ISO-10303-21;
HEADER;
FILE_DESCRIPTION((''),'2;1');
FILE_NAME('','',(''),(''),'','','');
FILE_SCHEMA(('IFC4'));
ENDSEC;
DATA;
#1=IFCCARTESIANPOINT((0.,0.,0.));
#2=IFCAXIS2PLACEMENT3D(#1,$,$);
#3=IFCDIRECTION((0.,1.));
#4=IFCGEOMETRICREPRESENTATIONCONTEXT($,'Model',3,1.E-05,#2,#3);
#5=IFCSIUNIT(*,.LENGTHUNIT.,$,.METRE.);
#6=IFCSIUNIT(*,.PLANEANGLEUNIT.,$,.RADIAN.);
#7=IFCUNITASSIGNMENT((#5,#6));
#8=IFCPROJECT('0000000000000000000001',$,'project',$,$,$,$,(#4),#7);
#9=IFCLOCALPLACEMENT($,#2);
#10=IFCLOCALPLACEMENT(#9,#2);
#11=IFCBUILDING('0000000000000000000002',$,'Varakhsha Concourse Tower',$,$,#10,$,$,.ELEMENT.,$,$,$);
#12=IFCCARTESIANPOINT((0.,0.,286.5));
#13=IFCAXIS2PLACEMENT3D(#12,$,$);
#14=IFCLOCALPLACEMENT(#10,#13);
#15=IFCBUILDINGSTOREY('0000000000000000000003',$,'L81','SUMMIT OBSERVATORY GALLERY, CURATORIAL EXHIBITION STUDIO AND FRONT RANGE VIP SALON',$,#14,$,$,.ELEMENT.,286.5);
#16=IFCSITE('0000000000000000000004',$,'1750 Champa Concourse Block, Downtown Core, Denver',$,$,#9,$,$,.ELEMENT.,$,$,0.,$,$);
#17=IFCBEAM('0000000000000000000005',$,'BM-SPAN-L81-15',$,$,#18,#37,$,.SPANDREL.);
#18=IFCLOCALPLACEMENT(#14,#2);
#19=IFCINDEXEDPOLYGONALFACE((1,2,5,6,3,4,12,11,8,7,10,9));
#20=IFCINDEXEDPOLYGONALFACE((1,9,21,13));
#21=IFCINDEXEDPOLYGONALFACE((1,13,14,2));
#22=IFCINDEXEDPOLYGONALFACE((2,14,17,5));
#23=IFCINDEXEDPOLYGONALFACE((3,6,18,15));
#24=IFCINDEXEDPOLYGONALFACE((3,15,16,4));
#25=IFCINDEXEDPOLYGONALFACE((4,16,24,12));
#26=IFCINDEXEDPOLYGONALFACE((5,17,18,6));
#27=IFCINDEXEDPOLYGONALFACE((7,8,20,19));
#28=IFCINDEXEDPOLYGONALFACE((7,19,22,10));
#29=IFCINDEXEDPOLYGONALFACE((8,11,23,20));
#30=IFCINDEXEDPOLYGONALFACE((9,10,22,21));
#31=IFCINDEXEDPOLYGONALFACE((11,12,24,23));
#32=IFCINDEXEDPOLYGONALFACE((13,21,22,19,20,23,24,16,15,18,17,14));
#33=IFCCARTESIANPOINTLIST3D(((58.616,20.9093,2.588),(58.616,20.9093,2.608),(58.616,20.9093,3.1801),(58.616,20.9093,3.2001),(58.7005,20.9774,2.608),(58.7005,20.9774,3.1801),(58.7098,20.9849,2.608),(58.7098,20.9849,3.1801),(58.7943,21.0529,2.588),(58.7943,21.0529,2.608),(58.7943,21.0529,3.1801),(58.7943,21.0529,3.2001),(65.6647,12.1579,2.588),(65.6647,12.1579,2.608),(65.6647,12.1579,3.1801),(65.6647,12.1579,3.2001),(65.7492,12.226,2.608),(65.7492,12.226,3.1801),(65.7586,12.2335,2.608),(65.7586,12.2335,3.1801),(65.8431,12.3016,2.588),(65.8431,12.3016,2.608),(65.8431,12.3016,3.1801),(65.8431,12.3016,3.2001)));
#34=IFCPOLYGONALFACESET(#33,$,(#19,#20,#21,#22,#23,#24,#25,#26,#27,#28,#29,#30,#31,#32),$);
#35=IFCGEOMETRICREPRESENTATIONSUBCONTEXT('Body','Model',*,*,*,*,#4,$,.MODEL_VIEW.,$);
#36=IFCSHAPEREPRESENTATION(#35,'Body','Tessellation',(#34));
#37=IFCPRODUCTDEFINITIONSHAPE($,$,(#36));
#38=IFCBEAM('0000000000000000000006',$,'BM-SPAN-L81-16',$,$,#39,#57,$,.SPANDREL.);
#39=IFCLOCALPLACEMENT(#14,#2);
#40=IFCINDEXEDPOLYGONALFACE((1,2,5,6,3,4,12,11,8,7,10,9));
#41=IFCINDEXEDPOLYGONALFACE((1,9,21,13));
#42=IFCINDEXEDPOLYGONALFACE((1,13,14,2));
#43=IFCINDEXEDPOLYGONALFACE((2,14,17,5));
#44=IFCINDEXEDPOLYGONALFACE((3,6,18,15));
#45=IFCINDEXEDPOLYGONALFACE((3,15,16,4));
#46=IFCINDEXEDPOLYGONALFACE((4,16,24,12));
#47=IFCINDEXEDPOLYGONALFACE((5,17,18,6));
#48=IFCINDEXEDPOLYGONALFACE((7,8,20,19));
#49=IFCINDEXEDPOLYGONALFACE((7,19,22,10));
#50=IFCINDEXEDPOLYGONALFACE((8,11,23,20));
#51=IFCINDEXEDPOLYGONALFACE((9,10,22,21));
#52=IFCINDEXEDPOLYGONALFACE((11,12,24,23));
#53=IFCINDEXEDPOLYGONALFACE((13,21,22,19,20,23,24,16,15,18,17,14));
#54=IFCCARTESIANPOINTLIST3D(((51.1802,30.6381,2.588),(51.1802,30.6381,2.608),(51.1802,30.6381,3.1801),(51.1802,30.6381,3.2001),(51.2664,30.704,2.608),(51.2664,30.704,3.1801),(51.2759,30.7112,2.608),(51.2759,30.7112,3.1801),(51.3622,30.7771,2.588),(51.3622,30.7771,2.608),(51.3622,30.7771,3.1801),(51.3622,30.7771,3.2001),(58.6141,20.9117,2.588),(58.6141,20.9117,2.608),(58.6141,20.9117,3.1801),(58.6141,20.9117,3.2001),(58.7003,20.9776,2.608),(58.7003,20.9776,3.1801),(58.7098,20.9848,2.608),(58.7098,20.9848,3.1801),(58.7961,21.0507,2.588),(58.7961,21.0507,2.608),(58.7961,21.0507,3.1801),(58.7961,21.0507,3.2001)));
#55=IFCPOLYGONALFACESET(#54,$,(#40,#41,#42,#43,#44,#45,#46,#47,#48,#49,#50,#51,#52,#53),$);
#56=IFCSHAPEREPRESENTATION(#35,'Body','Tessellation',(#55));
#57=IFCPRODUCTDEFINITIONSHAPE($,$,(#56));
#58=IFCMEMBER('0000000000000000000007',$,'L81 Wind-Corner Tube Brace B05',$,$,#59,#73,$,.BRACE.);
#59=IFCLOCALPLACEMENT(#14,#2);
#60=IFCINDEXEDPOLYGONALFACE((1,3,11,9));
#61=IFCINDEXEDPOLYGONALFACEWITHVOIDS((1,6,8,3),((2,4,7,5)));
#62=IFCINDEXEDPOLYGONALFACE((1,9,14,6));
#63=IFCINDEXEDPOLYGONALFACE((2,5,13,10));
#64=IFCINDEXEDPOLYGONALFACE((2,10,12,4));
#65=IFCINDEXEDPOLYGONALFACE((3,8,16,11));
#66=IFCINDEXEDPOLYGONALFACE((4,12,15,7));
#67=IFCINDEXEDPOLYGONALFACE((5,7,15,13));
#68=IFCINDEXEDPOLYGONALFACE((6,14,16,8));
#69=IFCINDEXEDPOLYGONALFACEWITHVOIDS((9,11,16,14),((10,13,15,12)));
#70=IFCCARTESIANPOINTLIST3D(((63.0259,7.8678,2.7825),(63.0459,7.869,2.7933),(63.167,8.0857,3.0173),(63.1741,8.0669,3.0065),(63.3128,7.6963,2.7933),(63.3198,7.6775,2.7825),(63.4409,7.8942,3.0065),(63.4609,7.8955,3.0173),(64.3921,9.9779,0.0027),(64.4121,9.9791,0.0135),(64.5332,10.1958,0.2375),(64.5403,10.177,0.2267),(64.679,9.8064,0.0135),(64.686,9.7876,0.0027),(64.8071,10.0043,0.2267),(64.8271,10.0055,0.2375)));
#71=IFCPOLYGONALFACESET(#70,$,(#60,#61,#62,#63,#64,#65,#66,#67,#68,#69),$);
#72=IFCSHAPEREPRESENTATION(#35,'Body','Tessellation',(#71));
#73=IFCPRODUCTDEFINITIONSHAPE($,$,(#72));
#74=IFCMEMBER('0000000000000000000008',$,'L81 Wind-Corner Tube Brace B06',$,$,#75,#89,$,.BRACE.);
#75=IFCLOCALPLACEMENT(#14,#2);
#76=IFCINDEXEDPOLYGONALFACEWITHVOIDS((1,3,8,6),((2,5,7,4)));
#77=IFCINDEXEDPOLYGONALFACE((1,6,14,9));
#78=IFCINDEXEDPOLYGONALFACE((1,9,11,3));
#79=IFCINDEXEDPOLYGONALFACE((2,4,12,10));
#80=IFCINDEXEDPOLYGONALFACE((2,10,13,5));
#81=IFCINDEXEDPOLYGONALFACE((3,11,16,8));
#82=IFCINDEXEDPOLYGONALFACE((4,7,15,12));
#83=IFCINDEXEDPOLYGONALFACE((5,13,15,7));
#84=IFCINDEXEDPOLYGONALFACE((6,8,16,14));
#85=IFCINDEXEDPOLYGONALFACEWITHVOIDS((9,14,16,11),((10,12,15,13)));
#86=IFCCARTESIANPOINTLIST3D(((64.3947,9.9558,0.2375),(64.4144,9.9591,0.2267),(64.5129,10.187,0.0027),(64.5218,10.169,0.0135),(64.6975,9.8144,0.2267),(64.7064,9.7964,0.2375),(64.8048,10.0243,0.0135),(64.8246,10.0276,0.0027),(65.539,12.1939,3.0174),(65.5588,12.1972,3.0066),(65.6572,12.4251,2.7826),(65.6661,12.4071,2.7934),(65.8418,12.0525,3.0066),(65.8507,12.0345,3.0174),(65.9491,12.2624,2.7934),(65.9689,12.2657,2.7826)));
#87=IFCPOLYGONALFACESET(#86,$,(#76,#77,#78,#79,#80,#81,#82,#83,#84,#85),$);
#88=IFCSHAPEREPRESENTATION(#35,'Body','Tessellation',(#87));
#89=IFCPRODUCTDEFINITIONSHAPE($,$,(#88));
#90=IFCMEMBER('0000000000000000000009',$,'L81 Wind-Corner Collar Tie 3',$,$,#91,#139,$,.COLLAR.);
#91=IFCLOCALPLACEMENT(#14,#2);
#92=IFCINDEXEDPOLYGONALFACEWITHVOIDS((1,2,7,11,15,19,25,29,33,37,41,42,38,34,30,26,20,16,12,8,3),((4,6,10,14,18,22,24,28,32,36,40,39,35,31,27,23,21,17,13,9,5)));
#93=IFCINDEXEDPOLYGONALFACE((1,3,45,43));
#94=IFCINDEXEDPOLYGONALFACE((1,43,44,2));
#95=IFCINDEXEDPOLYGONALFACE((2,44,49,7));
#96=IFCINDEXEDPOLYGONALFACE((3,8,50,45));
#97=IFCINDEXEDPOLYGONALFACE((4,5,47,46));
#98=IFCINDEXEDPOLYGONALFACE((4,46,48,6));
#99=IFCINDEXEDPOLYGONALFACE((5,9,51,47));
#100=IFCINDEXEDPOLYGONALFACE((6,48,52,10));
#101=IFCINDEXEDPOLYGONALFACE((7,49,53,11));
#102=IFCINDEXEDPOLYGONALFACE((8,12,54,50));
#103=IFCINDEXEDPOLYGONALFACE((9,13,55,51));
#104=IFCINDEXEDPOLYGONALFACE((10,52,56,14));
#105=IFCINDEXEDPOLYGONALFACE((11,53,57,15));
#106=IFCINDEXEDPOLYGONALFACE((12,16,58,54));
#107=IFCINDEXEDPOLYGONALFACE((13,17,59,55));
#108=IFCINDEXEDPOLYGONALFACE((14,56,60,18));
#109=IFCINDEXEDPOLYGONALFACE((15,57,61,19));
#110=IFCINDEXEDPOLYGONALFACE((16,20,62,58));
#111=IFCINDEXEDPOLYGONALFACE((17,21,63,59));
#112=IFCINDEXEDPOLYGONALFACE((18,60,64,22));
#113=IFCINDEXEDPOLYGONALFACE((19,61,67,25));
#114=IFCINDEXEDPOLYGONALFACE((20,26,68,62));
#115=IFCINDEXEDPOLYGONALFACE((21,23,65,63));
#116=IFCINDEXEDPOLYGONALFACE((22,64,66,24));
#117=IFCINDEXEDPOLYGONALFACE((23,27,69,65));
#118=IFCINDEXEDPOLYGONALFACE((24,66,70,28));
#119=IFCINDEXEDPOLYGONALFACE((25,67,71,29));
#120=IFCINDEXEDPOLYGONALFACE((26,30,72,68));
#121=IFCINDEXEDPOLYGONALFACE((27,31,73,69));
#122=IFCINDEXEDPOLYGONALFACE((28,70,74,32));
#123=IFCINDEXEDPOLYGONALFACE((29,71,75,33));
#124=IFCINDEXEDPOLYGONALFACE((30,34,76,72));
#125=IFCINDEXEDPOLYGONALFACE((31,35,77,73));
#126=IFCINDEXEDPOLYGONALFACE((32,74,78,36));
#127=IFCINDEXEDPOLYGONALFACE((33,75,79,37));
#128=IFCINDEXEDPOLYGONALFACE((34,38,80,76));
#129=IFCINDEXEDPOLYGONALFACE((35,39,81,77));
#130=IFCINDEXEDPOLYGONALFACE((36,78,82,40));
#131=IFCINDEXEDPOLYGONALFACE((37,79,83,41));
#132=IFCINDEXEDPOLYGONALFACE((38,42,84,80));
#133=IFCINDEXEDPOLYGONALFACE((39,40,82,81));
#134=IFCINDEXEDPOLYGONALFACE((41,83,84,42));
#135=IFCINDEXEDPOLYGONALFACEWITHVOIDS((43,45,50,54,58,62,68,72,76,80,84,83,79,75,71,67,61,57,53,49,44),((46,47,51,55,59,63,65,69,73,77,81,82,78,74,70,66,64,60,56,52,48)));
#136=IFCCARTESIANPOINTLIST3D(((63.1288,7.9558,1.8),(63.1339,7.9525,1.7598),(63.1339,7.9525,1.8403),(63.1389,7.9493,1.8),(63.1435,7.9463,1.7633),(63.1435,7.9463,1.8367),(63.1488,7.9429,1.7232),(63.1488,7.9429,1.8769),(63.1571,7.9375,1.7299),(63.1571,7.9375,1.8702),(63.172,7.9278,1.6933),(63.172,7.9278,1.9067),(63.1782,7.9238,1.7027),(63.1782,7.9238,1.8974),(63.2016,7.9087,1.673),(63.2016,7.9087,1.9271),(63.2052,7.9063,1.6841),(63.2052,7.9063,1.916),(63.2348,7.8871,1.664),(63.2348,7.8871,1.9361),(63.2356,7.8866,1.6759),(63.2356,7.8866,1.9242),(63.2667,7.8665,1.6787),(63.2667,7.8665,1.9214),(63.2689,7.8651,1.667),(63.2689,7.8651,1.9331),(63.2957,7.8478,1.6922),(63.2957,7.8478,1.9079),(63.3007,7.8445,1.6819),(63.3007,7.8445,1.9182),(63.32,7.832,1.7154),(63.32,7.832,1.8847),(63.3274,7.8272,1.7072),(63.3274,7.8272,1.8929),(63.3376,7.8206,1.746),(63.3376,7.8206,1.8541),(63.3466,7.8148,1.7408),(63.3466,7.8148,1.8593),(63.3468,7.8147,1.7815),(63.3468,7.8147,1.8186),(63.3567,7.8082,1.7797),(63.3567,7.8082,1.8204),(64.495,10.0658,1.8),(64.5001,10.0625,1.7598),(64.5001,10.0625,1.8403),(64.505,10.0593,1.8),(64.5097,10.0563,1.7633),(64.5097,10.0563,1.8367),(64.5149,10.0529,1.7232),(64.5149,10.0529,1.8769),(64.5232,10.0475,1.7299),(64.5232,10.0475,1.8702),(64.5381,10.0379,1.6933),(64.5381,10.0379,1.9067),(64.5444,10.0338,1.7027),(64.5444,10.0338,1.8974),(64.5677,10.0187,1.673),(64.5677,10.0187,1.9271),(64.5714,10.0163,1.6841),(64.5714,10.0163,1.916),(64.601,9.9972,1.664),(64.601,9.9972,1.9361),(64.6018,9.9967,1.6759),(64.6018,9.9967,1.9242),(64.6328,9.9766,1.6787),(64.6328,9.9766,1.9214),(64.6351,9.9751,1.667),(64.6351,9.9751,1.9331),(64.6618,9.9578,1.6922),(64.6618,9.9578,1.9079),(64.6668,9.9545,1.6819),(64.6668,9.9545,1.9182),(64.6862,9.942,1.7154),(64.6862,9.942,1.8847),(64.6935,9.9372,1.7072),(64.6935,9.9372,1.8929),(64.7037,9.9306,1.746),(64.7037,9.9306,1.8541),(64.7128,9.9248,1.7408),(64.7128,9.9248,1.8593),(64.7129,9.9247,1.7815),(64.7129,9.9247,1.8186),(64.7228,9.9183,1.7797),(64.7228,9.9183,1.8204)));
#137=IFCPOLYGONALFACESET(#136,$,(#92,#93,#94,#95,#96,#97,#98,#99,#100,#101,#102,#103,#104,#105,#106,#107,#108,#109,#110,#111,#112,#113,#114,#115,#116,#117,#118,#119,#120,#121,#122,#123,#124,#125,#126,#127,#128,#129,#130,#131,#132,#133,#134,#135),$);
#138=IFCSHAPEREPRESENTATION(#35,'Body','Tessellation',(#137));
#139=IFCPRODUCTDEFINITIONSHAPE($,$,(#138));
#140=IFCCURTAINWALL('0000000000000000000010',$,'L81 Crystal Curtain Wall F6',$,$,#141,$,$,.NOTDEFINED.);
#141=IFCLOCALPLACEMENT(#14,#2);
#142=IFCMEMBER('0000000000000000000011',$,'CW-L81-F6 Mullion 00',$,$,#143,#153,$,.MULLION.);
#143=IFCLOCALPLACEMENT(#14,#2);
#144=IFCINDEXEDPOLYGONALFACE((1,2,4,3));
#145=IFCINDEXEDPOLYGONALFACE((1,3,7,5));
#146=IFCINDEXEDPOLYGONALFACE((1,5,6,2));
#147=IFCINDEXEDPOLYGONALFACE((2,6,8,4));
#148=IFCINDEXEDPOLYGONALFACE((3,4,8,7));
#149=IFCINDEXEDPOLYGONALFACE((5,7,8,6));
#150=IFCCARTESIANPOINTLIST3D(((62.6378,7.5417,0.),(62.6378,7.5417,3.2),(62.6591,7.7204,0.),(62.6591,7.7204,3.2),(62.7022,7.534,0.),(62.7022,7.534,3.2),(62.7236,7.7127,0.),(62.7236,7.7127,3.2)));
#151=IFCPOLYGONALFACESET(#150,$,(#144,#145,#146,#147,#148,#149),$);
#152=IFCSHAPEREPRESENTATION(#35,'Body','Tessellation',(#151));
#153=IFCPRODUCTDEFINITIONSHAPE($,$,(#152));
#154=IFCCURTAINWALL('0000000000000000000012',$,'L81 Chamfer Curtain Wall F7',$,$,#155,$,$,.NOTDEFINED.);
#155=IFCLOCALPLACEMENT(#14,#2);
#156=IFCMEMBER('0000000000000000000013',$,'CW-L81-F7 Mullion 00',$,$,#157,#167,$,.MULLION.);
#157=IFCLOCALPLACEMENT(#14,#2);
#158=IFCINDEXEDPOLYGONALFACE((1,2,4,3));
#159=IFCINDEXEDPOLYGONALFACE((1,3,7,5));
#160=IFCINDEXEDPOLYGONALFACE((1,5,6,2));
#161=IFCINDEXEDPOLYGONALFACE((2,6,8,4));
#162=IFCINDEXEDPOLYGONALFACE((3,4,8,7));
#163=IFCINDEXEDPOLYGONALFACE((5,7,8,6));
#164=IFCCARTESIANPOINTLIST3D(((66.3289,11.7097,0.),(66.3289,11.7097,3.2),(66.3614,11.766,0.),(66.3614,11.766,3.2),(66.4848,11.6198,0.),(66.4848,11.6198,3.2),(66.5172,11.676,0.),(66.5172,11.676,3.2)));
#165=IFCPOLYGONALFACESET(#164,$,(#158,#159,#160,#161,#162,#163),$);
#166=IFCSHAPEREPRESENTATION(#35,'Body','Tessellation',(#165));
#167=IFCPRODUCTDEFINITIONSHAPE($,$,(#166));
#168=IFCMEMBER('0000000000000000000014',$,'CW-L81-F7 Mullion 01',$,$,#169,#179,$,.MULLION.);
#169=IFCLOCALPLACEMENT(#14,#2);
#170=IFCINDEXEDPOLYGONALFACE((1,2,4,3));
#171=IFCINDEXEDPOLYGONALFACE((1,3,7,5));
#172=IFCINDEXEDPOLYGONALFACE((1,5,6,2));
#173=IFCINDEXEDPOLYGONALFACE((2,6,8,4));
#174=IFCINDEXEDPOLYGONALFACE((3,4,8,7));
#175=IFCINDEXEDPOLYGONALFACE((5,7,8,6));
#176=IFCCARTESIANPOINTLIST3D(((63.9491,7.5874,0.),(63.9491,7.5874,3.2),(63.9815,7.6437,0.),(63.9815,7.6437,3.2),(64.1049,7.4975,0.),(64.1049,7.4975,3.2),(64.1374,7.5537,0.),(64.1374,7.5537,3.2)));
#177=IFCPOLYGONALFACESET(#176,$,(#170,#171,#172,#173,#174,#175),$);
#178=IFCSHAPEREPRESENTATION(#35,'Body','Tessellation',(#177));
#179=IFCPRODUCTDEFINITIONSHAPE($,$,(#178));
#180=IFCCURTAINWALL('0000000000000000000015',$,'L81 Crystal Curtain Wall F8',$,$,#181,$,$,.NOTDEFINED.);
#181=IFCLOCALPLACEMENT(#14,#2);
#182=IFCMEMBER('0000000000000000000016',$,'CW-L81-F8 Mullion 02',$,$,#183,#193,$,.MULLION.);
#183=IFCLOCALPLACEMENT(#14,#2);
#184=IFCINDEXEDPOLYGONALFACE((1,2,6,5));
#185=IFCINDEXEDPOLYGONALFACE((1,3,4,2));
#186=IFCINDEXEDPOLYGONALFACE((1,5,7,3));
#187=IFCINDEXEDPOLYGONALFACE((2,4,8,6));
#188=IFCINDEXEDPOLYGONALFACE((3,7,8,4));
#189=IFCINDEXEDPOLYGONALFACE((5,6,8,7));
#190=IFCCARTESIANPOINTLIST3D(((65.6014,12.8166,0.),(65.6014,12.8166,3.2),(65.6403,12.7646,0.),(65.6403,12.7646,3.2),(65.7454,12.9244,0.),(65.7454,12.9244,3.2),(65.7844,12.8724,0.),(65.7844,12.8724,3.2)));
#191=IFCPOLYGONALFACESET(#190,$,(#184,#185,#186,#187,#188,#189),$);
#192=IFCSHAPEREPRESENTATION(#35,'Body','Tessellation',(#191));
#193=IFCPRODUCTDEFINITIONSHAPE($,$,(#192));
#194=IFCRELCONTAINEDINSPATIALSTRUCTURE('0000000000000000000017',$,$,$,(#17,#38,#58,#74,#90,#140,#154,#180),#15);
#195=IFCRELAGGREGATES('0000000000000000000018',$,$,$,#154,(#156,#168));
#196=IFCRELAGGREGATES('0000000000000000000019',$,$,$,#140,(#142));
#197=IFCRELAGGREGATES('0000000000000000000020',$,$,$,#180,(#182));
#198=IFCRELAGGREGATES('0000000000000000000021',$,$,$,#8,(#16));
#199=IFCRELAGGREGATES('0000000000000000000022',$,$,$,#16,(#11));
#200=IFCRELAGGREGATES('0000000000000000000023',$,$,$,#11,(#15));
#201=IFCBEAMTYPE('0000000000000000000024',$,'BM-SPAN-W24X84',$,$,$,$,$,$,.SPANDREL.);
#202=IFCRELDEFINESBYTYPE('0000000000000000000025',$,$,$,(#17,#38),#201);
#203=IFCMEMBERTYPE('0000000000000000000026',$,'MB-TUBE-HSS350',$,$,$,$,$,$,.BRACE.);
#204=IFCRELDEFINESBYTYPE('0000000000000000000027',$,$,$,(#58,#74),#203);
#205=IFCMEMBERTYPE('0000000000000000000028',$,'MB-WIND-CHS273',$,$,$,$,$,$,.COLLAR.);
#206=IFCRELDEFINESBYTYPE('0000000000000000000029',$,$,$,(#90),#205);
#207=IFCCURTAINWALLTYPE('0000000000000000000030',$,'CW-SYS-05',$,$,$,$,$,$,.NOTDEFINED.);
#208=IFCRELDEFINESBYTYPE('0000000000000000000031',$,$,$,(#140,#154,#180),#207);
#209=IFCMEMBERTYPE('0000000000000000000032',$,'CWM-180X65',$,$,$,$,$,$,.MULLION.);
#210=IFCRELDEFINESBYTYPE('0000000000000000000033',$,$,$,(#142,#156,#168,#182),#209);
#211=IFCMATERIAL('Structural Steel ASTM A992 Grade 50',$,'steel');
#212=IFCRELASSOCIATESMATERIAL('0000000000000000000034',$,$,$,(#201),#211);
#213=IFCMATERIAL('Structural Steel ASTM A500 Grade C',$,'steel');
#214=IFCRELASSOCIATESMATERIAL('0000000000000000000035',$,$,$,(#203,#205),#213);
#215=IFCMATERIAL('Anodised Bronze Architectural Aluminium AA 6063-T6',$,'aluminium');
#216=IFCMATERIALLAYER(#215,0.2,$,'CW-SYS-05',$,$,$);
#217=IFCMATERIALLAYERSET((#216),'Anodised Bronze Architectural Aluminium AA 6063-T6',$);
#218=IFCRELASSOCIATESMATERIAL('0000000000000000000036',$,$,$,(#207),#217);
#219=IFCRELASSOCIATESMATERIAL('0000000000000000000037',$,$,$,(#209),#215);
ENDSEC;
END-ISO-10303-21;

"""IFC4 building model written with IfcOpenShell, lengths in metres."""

from ifc_helpers import new_model, si_unit, direction, frame, origin, origin_2d, place, context, subcontext, project, spatial, rectangle, hollow_rectangle, hollow_circle, i_section, extrude, source, transform, mapped, material, layer, layer_set, material_profile, profile_set, type_object, type_shapes, element, aggregate, save


model = new_model("IFC4")

# Units and contexts
model_context = context("Model", 3, precision=1e-05, world=origin(), true_north=direction((0.0, 1.0)))
body_context = subcontext(model_context, "Body", "Model", "MODEL_VIEW")
ifc_project = project(units=[si_unit("LENGTHUNIT", "METRE"), si_unit("PLANEANGLEUNIT", "RADIAN")], contexts=[model_context])

# Site, building, storey
site_placement = place(None, origin())
site = spatial("IfcSite", under=ifc_project, at=site_placement, Name="1750 Champa Concourse Block, Downtown Core, Denver", CompositionType="ELEMENT", RefElevation=0.0)
building_placement = place(site_placement, origin())
building = spatial("IfcBuilding", under=site, at=building_placement, Name="Varakhsha Concourse Tower", CompositionType="ELEMENT")
storey_placement = place(building_placement, frame((0.0, 0.0, 286.5)))
storey = spatial("IfcBuildingStorey", under=building, at=storey_placement, Name="L81", Description="SUMMIT OBSERVATORY GALLERY, CURATORIAL EXHIBITION STUDIO AND FRONT RANGE VIP SALON", CompositionType="ELEMENT", Elevation=286.5)

# Beams
ifc_material_1 = material(Name="Structural Steel ASTM A992 Grade 50", Category="steel")
ifc_material_profile_1 = material_profile(ifc_material_1, i_section(OverallWidth=0.229, OverallDepth=0.6121, WebThickness=0.012, FlangeThickness=0.02, at=origin_2d()), Name="W24X84")
ifc_profile_set_1 = profile_set([ifc_material_profile_1], Name="Structural Steel ASTM A992 Grade 50")
beam_type_1 = type_object("IfcBeamType", Name="BM-SPAN-W24X84", PredefinedType="SPANDREL", material=ifc_profile_set_1)
beam_1_placement = place(storey_placement, frame((65.7539, 12.2297, 2.894), z_axis=(-0.627278, 0.778796, 0.0), x_axis=(-0.778796, -0.627278, 0.0)))
element("IfcBeam", 1, at=beam_1_placement, inside=storey, type_object=beam_type_1, Name="BM-SPAN-L81-15", PredefinedType="SPANDREL", context=body_context, shape_type="SweptSolid", body=[
    extrude(i_section(OverallWidth=0.229, OverallDepth=0.6121, WebThickness=0.012, FlangeThickness=0.02, at=origin_2d()), origin(), (0.0, 0.0, 1.0), 11.2371),
])
beam_2_placement = place(storey_placement, frame((58.7051, 20.9812, 2.894), z_axis=(-0.607247, 0.794513, 0.0), x_axis=(-0.794513, -0.607247, 0.0)))
element("IfcBeam", 2, at=beam_2_placement, inside=storey, type_object=beam_type_1, Name="BM-SPAN-L81-16", PredefinedType="SPANDREL", context=body_context, shape_type="SweptSolid", body=[
    extrude(i_section(OverallWidth=0.229, OverallDepth=0.6121, WebThickness=0.012, FlangeThickness=0.02, at=origin_2d()), origin(), (0.0, 0.0, 1.0), 12.2419),
])

# Members
ifc_material_2 = material(Name="Structural Steel ASTM A500 Grade C", Category="steel")
ifc_material_profile_2 = material_profile(ifc_material_2, hollow_rectangle(XDim=0.3501, YDim=0.3501, WallThickness=0.0161, at=origin_2d()), Name="HSS 350x350x16")
ifc_profile_set_2 = profile_set([ifc_material_profile_2], Name="Structural Steel ASTM A500 Grade C")
member_type_1 = type_object("IfcMemberType", Name="MB-TUBE-HSS350", PredefinedType="BRACE", material=ifc_profile_set_2)
shared_shape_1 = source(origin(), body_context, "Body", "SweptSolid", [
    extrude(hollow_rectangle(XDim=0.3501, YDim=0.3501, WallThickness=0.0161, at=origin_2d()), origin(), (0.0, 0.0, 1.0), 3.7478),
])
type_shapes(member_type_1, [shared_shape_1])
for number, where, z_axis, x_axis, name in (
    (3, (64.6096, 9.9917, 0.1201), (-0.364533, -0.56302, 0.741704), (0.839416, -0.543489, 0.0), "L81 Wind-Corner Tube Brace B05"),
    (4, (64.6096, 9.9917, 0.1201), (0.305329, 0.597173, 0.741727), (-0.89037, 0.455238, 0.0), "L81 Wind-Corner Tube Brace B06"),
):
    element("IfcMember", number, at=place(storey_placement, frame(where, z_axis=z_axis, x_axis=x_axis)), inside=storey, type_object=member_type_1, Name=name, PredefinedType="BRACE", context=body_context, shape_type="MappedRepresentation", body=[
        mapped(shared_shape_1, transform((0.0, 0.0, 0.0), scale=1.0)),
    ])
ifc_material_profile_3 = material_profile(ifc_material_2, hollow_circle(Radius=0.1365, WallThickness=0.012, at=origin_2d()), Name="CHS 273x12")
ifc_profile_set_3 = profile_set([ifc_material_profile_3], Name="Structural Steel ASTM A500 Grade C")
member_type_2 = type_object("IfcMemberType", Name="MB-WIND-CHS273", PredefinedType="COLLAR", material=ifc_profile_set_3)
shared_shape_2 = source(origin(), body_context, "Body", "SweptSolid", [
    extrude(hollow_circle(Radius=0.1365, WallThickness=0.012, at=origin_2d()), origin(), (0.0, 0.0, 1.0), 2.5137),
])
type_shapes(member_type_2, [shared_shape_2])
member_1_placement = place(storey_placement, frame((63.2434, 7.8816, 1.8), z_axis=(0.543489, 0.839416, 0.0), x_axis=(-0.839416, 0.543489, 0.0)))
element("IfcMember", 5, at=member_1_placement, inside=storey, type_object=member_type_2, Name="L81 Wind-Corner Collar Tie 3", PredefinedType="COLLAR", context=body_context, shape_type="MappedRepresentation", body=[
    mapped(shared_shape_2, transform((0.0, 0.0, 0.0), scale=1.0)),
])

# Curtain wall, member
ifc_material_3 = material(Name="Anodised Bronze Architectural Aluminium AA 6063-T6", Category="aluminium")
ifc_layer_1 = layer(ifc_material_3, 0.2, Name="CW-SYS-05")
ifc_layer_set_1 = layer_set([ifc_layer_1], Name="Anodised Bronze Architectural Aluminium AA 6063-T6")
curtain_wall_type = type_object("IfcCurtainWallType", Name="CW-SYS-05", PredefinedType="NOTDEFINED", material=ifc_layer_set_1)
curtain_wall_1_placement = place(storey_placement, origin())
curtain_wall_1 = element("IfcCurtainWall", 6, at=curtain_wall_1_placement, inside=storey, type_object=curtain_wall_type, Name="L81 Crystal Curtain Wall F6", PredefinedType="NOTDEFINED")
ifc_material_profile_4 = material_profile(ifc_material_3, rectangle(XDim=0.0649, YDim=0.1799, at=origin_2d()), Name="CWM-180X65")
ifc_profile_set_4 = profile_set([ifc_material_profile_4], Name="Anodised Bronze Architectural Aluminium AA 6063-T6")
member_type_3 = type_object("IfcMemberType", Name="CWM-180X65", PredefinedType="MULLION", material=ifc_profile_set_4)
shared_shape_3 = source(origin(), body_context, "Body", "SweptSolid", [
    extrude(rectangle(XDim=0.0649, YDim=0.1799, at=origin_2d()), origin(), (0.0, 0.0, 1.0), 3.2),
])
type_shapes(member_type_3, [shared_shape_3])
member_2_placement = place(storey_placement, frame((62.6807, 7.6272, 0.0), z_axis=(0.0, 0.0, 1.0), x_axis=(-0.992952, 0.118513, 0.0)))
member_2 = element("IfcMember", 7, at=member_2_placement, type_object=member_type_3, Name="CW-L81-F6 Mullion 00", PredefinedType="MULLION", context=body_context, shape_type="MappedRepresentation", body=[
    mapped(shared_shape_3, transform((0.0, 0.0, 0.0), scale=1.0)),
])

# Curtain wall, members
curtain_wall_2_placement = place(storey_placement, origin())
curtain_wall_2 = element("IfcCurtainWall", 8, at=curtain_wall_2_placement, inside=storey, type_object=curtain_wall_type, Name="L81 Chamfer Curtain Wall F7", PredefinedType="NOTDEFINED")
member_3_placement = place(storey_placement, frame((66.4231, 11.6929, 0.0), z_axis=(0.0, 0.0, 1.0), x_axis=(-0.499998, -0.866026, 0.0)))
member_3 = element("IfcMember", 9, at=member_3_placement, type_object=member_type_3, Name="CW-L81-F7 Mullion 00", PredefinedType="MULLION", context=body_context, shape_type="MappedRepresentation", body=[
    mapped(shared_shape_3, transform((0.0, 0.0, 0.0), scale=1.0)),
])
member_4_placement = place(storey_placement, frame((64.0432, 7.5706, 0.0), z_axis=(0.0, 0.0, 1.0), x_axis=(-0.499998, -0.866026, 0.0)))
member_4 = element("IfcMember", 10, at=member_4_placement, type_object=member_type_3, Name="CW-L81-F7 Mullion 01", PredefinedType="MULLION", context=body_context, shape_type="MappedRepresentation", body=[
    mapped(shared_shape_3, transform((0.0, 0.0, 0.0), scale=1.0)),
])

# Curtain wall, member
curtain_wall_3_placement = place(storey_placement, origin())
curtain_wall_3 = element("IfcCurtainWall", 11, at=curtain_wall_3_placement, inside=storey, type_object=curtain_wall_type, Name="L81 Crystal Curtain Wall F8", PredefinedType="NOTDEFINED")
member_5_placement = place(storey_placement, frame((65.6929, 12.8445, 0.0), z_axis=(0.0, 0.0, 1.0), x_axis=(0.599113, -0.800664, 0.0)))
member_5 = element("IfcMember", 12, at=member_5_placement, type_object=member_type_3, Name="CW-L81-F8 Mullion 02", PredefinedType="MULLION", context=body_context, shape_type="MappedRepresentation", body=[
    mapped(shared_shape_3, transform((0.0, 0.0, 0.0), scale=1.0)),
])

aggregate(curtain_wall_2, [member_3, member_4])
aggregate(curtain_wall_1, [member_2])
aggregate(curtain_wall_3, [member_5])

save(model, "model.ifc")
